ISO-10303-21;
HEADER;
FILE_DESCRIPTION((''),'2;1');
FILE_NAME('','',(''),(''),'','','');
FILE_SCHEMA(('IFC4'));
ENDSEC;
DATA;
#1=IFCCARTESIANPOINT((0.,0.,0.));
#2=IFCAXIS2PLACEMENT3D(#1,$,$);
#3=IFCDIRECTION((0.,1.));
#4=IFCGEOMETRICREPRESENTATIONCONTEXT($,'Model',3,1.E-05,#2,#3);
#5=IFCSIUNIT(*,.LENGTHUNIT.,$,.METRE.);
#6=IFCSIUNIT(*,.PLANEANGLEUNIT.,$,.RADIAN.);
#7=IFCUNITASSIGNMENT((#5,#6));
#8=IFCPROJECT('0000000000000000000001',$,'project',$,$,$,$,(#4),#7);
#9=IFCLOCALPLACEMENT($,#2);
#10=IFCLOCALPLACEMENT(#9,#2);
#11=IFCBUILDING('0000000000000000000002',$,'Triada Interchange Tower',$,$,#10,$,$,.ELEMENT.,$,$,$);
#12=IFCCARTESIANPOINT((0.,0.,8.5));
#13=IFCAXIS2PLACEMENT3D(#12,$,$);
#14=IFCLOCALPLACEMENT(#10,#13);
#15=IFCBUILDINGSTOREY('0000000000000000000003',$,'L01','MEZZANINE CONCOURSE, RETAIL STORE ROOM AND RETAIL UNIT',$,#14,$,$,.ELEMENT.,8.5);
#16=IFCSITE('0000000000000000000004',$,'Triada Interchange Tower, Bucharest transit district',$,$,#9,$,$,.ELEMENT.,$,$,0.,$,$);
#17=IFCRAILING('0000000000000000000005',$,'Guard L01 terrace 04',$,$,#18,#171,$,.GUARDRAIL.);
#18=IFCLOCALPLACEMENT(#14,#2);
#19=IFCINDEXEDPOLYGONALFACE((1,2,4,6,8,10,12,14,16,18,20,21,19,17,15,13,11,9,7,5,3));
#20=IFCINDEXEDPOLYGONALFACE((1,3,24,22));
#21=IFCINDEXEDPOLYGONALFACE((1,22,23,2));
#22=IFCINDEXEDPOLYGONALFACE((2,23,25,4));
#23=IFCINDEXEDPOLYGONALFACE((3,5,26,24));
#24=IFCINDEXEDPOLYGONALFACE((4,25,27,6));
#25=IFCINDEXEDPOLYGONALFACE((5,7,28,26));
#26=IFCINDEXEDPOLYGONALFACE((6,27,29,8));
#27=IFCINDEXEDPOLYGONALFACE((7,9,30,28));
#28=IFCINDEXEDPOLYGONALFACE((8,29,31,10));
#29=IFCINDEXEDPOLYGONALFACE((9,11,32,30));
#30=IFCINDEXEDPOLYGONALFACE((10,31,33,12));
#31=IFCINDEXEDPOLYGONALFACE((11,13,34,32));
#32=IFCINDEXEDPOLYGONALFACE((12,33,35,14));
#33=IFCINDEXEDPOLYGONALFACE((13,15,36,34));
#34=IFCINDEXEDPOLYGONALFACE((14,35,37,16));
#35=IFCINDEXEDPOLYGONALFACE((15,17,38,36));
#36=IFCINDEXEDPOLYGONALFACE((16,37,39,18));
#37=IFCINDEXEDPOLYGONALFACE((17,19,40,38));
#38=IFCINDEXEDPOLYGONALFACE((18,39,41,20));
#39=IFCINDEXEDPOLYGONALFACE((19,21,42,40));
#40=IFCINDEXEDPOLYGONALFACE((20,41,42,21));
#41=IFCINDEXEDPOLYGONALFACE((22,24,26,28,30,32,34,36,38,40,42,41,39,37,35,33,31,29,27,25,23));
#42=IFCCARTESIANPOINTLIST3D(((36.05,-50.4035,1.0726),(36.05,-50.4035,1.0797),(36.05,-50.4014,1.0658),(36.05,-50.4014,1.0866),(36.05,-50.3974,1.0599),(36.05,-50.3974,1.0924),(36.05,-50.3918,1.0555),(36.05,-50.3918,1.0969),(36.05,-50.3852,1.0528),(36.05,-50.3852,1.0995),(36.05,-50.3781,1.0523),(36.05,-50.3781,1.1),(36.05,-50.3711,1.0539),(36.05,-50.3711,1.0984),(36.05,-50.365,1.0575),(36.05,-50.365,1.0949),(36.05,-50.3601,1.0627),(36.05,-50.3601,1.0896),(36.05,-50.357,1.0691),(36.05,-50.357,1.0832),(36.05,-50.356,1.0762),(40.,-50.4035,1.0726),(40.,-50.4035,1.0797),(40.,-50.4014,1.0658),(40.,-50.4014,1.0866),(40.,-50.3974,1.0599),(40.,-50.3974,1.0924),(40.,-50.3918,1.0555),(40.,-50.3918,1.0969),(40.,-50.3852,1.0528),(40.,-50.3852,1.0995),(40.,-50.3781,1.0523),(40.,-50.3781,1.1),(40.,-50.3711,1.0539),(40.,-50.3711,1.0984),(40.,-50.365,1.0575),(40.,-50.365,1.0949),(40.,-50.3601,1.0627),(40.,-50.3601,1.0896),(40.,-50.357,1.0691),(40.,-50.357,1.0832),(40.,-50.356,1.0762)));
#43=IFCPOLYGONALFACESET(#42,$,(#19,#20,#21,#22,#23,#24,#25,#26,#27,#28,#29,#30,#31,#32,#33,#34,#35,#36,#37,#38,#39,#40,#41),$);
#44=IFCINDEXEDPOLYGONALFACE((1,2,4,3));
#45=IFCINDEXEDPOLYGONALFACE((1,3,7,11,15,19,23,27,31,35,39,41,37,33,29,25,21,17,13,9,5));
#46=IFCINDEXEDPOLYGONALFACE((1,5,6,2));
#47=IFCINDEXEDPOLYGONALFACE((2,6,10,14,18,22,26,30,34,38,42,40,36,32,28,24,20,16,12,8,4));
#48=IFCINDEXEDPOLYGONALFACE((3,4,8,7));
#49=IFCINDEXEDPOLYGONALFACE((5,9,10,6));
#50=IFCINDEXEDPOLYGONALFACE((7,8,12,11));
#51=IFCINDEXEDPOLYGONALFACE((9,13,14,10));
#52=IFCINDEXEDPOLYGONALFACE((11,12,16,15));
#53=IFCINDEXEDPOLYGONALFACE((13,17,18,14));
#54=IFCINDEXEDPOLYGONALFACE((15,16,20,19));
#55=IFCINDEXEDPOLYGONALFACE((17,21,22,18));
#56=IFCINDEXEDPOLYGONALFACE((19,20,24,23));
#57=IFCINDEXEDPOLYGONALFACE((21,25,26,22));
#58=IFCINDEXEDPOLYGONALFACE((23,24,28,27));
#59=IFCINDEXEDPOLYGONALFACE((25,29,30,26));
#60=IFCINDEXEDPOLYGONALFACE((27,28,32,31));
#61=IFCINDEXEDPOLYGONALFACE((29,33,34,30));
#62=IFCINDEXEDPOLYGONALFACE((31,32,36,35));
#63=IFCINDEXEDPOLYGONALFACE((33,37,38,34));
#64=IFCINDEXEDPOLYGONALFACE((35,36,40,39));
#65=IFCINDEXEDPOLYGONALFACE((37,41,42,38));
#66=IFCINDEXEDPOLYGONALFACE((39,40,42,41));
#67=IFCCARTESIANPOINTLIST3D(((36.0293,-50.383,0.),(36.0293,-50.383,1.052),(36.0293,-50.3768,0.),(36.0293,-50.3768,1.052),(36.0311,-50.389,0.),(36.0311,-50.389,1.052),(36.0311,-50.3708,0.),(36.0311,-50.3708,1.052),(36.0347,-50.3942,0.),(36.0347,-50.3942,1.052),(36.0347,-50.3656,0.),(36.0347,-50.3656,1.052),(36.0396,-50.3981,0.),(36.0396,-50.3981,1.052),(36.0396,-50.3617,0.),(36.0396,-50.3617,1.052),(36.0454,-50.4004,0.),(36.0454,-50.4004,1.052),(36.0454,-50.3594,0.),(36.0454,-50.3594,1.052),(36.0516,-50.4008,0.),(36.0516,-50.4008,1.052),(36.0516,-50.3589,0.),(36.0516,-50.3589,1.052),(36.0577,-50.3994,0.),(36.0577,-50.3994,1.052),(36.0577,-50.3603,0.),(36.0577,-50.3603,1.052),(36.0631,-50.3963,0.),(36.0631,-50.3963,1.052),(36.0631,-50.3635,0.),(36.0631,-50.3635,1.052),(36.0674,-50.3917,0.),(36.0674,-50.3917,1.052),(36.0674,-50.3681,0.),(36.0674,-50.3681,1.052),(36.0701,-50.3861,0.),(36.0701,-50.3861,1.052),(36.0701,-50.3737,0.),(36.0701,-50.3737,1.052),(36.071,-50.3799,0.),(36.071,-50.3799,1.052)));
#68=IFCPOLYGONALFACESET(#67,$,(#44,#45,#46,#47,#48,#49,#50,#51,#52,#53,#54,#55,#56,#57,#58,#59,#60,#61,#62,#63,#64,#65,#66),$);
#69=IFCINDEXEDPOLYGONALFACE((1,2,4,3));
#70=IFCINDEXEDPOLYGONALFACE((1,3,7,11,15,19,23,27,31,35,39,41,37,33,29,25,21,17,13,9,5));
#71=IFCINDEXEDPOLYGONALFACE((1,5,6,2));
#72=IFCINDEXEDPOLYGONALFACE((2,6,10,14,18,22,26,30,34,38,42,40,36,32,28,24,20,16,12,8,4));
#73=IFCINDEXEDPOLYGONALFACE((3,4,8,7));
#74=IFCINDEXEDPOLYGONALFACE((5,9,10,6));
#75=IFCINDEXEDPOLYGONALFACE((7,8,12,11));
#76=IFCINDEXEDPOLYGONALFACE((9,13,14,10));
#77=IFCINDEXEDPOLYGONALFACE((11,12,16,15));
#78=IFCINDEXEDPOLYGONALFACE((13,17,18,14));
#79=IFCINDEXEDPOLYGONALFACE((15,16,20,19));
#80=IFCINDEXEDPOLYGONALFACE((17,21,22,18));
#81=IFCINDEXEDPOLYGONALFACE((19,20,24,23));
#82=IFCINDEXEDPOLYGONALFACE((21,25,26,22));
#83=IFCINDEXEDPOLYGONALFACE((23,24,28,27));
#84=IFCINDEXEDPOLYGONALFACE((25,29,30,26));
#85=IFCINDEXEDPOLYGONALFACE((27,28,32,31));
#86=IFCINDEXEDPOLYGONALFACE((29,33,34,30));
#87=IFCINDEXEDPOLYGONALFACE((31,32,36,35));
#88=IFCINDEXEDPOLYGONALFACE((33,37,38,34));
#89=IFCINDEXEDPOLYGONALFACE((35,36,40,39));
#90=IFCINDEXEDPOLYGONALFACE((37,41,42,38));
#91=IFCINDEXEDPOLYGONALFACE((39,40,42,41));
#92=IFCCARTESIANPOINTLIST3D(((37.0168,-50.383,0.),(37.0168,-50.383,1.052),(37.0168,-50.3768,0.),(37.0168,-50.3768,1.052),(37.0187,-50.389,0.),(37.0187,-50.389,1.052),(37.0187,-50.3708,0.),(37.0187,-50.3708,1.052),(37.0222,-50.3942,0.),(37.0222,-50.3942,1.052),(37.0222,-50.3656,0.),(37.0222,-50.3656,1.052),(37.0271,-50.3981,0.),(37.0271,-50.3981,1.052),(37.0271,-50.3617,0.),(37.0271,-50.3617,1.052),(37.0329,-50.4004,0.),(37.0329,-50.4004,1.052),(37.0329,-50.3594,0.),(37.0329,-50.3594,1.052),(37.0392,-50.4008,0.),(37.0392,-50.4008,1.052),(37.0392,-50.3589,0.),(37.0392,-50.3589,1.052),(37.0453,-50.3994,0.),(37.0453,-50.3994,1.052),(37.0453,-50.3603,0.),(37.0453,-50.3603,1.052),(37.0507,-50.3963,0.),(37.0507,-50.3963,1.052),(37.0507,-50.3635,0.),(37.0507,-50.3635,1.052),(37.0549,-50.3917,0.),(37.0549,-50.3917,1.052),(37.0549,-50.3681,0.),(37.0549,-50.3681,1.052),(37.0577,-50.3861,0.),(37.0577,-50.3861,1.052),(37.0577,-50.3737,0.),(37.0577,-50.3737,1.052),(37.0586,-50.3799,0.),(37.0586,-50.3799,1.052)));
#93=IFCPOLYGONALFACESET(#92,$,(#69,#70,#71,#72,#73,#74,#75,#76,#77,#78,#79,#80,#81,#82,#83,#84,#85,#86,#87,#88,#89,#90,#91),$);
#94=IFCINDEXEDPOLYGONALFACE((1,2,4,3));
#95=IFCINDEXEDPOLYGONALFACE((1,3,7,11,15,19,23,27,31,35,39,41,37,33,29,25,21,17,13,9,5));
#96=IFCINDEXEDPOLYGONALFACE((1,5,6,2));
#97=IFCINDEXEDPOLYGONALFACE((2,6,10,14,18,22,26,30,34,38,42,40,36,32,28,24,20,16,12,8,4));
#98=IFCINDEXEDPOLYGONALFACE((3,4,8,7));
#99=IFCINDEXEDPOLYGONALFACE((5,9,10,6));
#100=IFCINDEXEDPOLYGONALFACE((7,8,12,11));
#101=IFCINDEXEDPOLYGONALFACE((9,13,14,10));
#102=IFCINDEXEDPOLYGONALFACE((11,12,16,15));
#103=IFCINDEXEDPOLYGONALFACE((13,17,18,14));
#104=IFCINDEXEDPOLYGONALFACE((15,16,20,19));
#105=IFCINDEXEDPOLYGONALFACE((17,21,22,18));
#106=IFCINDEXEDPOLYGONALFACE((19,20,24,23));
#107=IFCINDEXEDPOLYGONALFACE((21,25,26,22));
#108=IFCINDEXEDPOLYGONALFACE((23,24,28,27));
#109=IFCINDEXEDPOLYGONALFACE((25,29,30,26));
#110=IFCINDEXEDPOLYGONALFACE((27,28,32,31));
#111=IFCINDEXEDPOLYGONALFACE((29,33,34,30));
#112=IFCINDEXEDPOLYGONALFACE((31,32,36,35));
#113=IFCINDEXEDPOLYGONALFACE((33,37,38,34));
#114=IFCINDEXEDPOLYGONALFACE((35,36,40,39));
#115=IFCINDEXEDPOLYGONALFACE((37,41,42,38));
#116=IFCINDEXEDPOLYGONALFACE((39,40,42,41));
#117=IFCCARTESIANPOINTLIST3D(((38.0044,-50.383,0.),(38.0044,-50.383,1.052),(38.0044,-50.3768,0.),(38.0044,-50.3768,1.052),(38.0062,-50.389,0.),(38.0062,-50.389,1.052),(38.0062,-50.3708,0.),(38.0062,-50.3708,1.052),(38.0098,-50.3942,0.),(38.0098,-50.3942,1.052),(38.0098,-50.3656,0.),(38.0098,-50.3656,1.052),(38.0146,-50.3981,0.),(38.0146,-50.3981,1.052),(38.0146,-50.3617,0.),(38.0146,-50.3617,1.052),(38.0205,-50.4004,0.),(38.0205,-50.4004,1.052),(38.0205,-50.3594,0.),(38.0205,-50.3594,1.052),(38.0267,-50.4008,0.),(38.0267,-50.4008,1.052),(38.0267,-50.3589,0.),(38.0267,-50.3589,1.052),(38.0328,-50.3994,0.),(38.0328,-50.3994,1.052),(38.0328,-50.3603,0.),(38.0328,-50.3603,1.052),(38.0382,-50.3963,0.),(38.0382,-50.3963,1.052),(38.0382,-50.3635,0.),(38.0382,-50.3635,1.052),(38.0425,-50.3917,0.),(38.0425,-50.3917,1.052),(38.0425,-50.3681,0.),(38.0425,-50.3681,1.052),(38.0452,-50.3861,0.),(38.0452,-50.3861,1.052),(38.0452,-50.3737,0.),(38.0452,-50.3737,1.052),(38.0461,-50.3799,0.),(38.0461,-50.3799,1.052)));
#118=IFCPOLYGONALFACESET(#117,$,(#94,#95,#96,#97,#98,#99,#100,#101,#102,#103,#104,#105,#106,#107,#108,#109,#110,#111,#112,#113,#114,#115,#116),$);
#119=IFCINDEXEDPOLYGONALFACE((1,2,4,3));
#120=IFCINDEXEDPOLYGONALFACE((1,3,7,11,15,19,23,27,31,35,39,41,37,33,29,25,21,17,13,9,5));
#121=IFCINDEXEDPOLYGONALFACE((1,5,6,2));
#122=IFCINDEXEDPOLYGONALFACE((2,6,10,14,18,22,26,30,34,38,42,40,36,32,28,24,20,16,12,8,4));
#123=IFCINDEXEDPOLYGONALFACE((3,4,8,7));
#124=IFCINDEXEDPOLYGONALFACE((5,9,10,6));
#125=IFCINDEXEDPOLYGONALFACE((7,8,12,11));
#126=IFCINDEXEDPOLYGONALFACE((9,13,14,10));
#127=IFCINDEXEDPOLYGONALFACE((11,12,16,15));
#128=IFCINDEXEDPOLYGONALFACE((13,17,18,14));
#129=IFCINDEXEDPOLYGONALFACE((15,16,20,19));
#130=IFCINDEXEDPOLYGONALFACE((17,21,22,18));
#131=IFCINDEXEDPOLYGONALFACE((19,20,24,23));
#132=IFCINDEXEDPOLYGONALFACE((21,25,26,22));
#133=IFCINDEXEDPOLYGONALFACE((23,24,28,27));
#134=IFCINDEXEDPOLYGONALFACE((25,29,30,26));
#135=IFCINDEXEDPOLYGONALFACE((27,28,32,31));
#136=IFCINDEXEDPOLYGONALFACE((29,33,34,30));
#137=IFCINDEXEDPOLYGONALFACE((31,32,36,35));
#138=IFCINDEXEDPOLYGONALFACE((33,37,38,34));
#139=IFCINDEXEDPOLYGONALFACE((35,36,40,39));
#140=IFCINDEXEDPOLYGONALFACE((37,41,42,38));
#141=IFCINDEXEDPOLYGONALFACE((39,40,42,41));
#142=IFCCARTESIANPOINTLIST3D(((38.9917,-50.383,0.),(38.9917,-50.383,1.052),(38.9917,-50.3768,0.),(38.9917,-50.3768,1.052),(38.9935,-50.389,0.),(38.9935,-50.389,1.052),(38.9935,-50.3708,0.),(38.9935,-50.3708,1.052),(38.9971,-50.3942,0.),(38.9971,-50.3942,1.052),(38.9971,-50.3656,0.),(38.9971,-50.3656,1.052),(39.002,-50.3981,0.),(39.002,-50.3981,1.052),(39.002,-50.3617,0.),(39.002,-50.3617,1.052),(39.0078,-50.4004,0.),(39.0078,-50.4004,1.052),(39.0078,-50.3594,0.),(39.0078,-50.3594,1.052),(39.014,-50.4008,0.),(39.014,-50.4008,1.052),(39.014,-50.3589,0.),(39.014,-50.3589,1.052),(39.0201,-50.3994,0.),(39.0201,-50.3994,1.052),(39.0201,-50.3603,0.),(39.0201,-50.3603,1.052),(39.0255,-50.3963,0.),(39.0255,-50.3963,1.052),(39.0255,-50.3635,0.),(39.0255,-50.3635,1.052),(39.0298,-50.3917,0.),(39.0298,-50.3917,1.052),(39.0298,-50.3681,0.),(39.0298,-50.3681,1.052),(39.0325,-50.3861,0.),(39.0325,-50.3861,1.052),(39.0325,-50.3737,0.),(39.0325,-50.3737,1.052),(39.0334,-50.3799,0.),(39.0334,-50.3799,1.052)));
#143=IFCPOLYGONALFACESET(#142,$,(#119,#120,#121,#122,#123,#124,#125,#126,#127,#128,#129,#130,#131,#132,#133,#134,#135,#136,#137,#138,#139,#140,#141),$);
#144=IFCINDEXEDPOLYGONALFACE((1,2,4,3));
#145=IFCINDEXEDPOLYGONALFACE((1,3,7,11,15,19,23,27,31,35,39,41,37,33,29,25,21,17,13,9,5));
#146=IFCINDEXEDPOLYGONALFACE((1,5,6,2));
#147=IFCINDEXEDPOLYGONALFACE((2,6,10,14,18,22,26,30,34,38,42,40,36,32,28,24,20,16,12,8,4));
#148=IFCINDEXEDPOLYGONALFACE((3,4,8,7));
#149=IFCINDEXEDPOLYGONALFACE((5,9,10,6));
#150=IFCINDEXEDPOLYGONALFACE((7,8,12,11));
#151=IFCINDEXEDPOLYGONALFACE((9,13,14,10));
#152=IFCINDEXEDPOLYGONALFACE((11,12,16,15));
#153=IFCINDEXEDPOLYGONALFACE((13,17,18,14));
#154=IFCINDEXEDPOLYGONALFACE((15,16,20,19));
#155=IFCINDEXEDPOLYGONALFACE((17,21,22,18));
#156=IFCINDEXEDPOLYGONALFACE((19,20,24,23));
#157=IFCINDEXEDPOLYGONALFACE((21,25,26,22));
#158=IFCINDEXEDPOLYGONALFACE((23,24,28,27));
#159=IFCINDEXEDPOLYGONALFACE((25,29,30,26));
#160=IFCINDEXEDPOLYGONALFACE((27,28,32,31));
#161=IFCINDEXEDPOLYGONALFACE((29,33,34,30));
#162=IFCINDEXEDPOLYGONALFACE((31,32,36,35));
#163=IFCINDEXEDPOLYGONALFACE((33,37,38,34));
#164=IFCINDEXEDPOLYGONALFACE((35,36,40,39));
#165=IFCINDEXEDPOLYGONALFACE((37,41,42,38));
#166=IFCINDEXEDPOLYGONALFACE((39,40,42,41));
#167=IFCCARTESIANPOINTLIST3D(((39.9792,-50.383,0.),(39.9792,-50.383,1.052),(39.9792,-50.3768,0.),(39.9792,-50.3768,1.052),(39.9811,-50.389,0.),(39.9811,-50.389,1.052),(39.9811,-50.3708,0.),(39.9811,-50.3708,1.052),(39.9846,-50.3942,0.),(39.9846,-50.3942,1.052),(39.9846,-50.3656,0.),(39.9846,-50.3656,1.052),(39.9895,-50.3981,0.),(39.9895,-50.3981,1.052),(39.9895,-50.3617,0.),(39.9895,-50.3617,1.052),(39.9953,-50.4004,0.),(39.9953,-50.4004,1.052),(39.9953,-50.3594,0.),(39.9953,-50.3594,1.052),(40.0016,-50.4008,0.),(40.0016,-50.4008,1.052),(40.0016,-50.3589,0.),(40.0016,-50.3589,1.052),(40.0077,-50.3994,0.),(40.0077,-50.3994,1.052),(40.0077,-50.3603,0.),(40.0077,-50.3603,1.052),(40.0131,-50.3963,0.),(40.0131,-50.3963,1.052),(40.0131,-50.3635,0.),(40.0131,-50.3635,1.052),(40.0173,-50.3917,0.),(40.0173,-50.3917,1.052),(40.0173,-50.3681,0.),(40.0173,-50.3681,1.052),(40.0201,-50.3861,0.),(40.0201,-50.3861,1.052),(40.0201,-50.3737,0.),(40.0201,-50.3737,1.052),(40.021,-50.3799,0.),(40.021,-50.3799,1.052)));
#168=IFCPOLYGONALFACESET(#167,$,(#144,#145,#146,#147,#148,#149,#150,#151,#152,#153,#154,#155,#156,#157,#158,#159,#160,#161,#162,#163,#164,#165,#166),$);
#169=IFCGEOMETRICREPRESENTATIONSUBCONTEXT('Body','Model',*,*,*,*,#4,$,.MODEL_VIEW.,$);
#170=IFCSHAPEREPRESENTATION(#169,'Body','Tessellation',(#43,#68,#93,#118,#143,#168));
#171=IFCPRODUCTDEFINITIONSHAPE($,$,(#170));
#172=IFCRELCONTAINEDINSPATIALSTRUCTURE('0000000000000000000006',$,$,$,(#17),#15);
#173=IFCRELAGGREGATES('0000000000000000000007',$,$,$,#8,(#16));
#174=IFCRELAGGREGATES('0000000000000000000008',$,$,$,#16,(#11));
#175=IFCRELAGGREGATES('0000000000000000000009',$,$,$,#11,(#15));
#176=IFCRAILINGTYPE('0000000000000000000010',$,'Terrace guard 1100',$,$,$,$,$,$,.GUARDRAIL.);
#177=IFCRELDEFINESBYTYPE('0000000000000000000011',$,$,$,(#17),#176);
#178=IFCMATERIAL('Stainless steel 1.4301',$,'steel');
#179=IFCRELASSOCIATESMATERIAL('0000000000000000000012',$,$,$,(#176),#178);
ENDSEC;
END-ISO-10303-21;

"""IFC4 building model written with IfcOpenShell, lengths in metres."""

from ifc_helpers import new_model, si_unit, direction, frame, origin, origin_2d, place, context, subcontext, project, spatial, circle, extrude, material, type_object, element, save


model = new_model("IFC4")

# Units and contexts
model_context = context("Model", 3, precision=1e-05, world=origin(), true_north=direction((0.0, 1.0)))
body_context = subcontext(model_context, "Body", "Model", "MODEL_VIEW")
ifc_project = project(units=[si_unit("LENGTHUNIT", "METRE"), si_unit("PLANEANGLEUNIT", "RADIAN")], contexts=[model_context])

# Site, building, storey
site_placement = place(None, origin())
site = spatial("IfcSite", under=ifc_project, at=site_placement, Name="Triada Interchange Tower, Bucharest transit district", CompositionType="ELEMENT", RefElevation=0.0)
building_placement = place(site_placement, origin())
building = spatial("IfcBuilding", under=site, at=building_placement, Name="Triada Interchange Tower", CompositionType="ELEMENT")
storey_placement = place(building_placement, frame((0.0, 0.0, 8.5)))
storey = spatial("IfcBuildingStorey", under=building, at=storey_placement, Name="L01", Description="MEZZANINE CONCOURSE, RETAIL STORE ROOM AND RETAIL UNIT", CompositionType="ELEMENT", Elevation=8.5)

# Railing
ifc_material_1 = material(Name="Stainless steel 1.4301", Category="steel")
railing_type = type_object("IfcRailingType", Name="Terrace guard 1100", PredefinedType="GUARDRAIL", material=ifc_material_1)
railing_1_placement = place(storey_placement, frame((36.05, -50.3799, 0.0)))
element("IfcRailing", 1, at=railing_1_placement, inside=storey, type_object=railing_type, Name="Guard L01 terrace 04", PredefinedType="GUARDRAIL", context=body_context, shape_type="SweptSolid", body=[
    extrude(circle(Radius=0.0239, at=origin_2d()), frame((0.0, 0.0, 1.0762), z_axis=(1.0, 0.0, 0.0), x_axis=(0.0, 1.0, 0.0)), (0.0, 0.0, 1.0), 3.95),
    extrude(circle(Radius=0.021, at=origin_2d()), origin(), (0.0, 0.0, 1.0), 1.052),
    extrude(circle(Radius=0.021, at=origin_2d()), frame((0.9875, 0.0, 0.0)), (0.0, 0.0, 1.0), 1.052),
    extrude(circle(Radius=0.021, at=origin_2d()), frame((1.9751, 0.0, 0.0)), (0.0, 0.0, 1.0), 1.052),
    extrude(circle(Radius=0.021, at=origin_2d()), frame((2.9624, 0.0, 0.0)), (0.0, 0.0, 1.0), 1.052),
    extrude(circle(Radius=0.021, at=origin_2d()), frame((3.95, 0.0, 0.0)), (0.0, 0.0, 1.0), 1.052),
])

save(model, "model.ifc")
